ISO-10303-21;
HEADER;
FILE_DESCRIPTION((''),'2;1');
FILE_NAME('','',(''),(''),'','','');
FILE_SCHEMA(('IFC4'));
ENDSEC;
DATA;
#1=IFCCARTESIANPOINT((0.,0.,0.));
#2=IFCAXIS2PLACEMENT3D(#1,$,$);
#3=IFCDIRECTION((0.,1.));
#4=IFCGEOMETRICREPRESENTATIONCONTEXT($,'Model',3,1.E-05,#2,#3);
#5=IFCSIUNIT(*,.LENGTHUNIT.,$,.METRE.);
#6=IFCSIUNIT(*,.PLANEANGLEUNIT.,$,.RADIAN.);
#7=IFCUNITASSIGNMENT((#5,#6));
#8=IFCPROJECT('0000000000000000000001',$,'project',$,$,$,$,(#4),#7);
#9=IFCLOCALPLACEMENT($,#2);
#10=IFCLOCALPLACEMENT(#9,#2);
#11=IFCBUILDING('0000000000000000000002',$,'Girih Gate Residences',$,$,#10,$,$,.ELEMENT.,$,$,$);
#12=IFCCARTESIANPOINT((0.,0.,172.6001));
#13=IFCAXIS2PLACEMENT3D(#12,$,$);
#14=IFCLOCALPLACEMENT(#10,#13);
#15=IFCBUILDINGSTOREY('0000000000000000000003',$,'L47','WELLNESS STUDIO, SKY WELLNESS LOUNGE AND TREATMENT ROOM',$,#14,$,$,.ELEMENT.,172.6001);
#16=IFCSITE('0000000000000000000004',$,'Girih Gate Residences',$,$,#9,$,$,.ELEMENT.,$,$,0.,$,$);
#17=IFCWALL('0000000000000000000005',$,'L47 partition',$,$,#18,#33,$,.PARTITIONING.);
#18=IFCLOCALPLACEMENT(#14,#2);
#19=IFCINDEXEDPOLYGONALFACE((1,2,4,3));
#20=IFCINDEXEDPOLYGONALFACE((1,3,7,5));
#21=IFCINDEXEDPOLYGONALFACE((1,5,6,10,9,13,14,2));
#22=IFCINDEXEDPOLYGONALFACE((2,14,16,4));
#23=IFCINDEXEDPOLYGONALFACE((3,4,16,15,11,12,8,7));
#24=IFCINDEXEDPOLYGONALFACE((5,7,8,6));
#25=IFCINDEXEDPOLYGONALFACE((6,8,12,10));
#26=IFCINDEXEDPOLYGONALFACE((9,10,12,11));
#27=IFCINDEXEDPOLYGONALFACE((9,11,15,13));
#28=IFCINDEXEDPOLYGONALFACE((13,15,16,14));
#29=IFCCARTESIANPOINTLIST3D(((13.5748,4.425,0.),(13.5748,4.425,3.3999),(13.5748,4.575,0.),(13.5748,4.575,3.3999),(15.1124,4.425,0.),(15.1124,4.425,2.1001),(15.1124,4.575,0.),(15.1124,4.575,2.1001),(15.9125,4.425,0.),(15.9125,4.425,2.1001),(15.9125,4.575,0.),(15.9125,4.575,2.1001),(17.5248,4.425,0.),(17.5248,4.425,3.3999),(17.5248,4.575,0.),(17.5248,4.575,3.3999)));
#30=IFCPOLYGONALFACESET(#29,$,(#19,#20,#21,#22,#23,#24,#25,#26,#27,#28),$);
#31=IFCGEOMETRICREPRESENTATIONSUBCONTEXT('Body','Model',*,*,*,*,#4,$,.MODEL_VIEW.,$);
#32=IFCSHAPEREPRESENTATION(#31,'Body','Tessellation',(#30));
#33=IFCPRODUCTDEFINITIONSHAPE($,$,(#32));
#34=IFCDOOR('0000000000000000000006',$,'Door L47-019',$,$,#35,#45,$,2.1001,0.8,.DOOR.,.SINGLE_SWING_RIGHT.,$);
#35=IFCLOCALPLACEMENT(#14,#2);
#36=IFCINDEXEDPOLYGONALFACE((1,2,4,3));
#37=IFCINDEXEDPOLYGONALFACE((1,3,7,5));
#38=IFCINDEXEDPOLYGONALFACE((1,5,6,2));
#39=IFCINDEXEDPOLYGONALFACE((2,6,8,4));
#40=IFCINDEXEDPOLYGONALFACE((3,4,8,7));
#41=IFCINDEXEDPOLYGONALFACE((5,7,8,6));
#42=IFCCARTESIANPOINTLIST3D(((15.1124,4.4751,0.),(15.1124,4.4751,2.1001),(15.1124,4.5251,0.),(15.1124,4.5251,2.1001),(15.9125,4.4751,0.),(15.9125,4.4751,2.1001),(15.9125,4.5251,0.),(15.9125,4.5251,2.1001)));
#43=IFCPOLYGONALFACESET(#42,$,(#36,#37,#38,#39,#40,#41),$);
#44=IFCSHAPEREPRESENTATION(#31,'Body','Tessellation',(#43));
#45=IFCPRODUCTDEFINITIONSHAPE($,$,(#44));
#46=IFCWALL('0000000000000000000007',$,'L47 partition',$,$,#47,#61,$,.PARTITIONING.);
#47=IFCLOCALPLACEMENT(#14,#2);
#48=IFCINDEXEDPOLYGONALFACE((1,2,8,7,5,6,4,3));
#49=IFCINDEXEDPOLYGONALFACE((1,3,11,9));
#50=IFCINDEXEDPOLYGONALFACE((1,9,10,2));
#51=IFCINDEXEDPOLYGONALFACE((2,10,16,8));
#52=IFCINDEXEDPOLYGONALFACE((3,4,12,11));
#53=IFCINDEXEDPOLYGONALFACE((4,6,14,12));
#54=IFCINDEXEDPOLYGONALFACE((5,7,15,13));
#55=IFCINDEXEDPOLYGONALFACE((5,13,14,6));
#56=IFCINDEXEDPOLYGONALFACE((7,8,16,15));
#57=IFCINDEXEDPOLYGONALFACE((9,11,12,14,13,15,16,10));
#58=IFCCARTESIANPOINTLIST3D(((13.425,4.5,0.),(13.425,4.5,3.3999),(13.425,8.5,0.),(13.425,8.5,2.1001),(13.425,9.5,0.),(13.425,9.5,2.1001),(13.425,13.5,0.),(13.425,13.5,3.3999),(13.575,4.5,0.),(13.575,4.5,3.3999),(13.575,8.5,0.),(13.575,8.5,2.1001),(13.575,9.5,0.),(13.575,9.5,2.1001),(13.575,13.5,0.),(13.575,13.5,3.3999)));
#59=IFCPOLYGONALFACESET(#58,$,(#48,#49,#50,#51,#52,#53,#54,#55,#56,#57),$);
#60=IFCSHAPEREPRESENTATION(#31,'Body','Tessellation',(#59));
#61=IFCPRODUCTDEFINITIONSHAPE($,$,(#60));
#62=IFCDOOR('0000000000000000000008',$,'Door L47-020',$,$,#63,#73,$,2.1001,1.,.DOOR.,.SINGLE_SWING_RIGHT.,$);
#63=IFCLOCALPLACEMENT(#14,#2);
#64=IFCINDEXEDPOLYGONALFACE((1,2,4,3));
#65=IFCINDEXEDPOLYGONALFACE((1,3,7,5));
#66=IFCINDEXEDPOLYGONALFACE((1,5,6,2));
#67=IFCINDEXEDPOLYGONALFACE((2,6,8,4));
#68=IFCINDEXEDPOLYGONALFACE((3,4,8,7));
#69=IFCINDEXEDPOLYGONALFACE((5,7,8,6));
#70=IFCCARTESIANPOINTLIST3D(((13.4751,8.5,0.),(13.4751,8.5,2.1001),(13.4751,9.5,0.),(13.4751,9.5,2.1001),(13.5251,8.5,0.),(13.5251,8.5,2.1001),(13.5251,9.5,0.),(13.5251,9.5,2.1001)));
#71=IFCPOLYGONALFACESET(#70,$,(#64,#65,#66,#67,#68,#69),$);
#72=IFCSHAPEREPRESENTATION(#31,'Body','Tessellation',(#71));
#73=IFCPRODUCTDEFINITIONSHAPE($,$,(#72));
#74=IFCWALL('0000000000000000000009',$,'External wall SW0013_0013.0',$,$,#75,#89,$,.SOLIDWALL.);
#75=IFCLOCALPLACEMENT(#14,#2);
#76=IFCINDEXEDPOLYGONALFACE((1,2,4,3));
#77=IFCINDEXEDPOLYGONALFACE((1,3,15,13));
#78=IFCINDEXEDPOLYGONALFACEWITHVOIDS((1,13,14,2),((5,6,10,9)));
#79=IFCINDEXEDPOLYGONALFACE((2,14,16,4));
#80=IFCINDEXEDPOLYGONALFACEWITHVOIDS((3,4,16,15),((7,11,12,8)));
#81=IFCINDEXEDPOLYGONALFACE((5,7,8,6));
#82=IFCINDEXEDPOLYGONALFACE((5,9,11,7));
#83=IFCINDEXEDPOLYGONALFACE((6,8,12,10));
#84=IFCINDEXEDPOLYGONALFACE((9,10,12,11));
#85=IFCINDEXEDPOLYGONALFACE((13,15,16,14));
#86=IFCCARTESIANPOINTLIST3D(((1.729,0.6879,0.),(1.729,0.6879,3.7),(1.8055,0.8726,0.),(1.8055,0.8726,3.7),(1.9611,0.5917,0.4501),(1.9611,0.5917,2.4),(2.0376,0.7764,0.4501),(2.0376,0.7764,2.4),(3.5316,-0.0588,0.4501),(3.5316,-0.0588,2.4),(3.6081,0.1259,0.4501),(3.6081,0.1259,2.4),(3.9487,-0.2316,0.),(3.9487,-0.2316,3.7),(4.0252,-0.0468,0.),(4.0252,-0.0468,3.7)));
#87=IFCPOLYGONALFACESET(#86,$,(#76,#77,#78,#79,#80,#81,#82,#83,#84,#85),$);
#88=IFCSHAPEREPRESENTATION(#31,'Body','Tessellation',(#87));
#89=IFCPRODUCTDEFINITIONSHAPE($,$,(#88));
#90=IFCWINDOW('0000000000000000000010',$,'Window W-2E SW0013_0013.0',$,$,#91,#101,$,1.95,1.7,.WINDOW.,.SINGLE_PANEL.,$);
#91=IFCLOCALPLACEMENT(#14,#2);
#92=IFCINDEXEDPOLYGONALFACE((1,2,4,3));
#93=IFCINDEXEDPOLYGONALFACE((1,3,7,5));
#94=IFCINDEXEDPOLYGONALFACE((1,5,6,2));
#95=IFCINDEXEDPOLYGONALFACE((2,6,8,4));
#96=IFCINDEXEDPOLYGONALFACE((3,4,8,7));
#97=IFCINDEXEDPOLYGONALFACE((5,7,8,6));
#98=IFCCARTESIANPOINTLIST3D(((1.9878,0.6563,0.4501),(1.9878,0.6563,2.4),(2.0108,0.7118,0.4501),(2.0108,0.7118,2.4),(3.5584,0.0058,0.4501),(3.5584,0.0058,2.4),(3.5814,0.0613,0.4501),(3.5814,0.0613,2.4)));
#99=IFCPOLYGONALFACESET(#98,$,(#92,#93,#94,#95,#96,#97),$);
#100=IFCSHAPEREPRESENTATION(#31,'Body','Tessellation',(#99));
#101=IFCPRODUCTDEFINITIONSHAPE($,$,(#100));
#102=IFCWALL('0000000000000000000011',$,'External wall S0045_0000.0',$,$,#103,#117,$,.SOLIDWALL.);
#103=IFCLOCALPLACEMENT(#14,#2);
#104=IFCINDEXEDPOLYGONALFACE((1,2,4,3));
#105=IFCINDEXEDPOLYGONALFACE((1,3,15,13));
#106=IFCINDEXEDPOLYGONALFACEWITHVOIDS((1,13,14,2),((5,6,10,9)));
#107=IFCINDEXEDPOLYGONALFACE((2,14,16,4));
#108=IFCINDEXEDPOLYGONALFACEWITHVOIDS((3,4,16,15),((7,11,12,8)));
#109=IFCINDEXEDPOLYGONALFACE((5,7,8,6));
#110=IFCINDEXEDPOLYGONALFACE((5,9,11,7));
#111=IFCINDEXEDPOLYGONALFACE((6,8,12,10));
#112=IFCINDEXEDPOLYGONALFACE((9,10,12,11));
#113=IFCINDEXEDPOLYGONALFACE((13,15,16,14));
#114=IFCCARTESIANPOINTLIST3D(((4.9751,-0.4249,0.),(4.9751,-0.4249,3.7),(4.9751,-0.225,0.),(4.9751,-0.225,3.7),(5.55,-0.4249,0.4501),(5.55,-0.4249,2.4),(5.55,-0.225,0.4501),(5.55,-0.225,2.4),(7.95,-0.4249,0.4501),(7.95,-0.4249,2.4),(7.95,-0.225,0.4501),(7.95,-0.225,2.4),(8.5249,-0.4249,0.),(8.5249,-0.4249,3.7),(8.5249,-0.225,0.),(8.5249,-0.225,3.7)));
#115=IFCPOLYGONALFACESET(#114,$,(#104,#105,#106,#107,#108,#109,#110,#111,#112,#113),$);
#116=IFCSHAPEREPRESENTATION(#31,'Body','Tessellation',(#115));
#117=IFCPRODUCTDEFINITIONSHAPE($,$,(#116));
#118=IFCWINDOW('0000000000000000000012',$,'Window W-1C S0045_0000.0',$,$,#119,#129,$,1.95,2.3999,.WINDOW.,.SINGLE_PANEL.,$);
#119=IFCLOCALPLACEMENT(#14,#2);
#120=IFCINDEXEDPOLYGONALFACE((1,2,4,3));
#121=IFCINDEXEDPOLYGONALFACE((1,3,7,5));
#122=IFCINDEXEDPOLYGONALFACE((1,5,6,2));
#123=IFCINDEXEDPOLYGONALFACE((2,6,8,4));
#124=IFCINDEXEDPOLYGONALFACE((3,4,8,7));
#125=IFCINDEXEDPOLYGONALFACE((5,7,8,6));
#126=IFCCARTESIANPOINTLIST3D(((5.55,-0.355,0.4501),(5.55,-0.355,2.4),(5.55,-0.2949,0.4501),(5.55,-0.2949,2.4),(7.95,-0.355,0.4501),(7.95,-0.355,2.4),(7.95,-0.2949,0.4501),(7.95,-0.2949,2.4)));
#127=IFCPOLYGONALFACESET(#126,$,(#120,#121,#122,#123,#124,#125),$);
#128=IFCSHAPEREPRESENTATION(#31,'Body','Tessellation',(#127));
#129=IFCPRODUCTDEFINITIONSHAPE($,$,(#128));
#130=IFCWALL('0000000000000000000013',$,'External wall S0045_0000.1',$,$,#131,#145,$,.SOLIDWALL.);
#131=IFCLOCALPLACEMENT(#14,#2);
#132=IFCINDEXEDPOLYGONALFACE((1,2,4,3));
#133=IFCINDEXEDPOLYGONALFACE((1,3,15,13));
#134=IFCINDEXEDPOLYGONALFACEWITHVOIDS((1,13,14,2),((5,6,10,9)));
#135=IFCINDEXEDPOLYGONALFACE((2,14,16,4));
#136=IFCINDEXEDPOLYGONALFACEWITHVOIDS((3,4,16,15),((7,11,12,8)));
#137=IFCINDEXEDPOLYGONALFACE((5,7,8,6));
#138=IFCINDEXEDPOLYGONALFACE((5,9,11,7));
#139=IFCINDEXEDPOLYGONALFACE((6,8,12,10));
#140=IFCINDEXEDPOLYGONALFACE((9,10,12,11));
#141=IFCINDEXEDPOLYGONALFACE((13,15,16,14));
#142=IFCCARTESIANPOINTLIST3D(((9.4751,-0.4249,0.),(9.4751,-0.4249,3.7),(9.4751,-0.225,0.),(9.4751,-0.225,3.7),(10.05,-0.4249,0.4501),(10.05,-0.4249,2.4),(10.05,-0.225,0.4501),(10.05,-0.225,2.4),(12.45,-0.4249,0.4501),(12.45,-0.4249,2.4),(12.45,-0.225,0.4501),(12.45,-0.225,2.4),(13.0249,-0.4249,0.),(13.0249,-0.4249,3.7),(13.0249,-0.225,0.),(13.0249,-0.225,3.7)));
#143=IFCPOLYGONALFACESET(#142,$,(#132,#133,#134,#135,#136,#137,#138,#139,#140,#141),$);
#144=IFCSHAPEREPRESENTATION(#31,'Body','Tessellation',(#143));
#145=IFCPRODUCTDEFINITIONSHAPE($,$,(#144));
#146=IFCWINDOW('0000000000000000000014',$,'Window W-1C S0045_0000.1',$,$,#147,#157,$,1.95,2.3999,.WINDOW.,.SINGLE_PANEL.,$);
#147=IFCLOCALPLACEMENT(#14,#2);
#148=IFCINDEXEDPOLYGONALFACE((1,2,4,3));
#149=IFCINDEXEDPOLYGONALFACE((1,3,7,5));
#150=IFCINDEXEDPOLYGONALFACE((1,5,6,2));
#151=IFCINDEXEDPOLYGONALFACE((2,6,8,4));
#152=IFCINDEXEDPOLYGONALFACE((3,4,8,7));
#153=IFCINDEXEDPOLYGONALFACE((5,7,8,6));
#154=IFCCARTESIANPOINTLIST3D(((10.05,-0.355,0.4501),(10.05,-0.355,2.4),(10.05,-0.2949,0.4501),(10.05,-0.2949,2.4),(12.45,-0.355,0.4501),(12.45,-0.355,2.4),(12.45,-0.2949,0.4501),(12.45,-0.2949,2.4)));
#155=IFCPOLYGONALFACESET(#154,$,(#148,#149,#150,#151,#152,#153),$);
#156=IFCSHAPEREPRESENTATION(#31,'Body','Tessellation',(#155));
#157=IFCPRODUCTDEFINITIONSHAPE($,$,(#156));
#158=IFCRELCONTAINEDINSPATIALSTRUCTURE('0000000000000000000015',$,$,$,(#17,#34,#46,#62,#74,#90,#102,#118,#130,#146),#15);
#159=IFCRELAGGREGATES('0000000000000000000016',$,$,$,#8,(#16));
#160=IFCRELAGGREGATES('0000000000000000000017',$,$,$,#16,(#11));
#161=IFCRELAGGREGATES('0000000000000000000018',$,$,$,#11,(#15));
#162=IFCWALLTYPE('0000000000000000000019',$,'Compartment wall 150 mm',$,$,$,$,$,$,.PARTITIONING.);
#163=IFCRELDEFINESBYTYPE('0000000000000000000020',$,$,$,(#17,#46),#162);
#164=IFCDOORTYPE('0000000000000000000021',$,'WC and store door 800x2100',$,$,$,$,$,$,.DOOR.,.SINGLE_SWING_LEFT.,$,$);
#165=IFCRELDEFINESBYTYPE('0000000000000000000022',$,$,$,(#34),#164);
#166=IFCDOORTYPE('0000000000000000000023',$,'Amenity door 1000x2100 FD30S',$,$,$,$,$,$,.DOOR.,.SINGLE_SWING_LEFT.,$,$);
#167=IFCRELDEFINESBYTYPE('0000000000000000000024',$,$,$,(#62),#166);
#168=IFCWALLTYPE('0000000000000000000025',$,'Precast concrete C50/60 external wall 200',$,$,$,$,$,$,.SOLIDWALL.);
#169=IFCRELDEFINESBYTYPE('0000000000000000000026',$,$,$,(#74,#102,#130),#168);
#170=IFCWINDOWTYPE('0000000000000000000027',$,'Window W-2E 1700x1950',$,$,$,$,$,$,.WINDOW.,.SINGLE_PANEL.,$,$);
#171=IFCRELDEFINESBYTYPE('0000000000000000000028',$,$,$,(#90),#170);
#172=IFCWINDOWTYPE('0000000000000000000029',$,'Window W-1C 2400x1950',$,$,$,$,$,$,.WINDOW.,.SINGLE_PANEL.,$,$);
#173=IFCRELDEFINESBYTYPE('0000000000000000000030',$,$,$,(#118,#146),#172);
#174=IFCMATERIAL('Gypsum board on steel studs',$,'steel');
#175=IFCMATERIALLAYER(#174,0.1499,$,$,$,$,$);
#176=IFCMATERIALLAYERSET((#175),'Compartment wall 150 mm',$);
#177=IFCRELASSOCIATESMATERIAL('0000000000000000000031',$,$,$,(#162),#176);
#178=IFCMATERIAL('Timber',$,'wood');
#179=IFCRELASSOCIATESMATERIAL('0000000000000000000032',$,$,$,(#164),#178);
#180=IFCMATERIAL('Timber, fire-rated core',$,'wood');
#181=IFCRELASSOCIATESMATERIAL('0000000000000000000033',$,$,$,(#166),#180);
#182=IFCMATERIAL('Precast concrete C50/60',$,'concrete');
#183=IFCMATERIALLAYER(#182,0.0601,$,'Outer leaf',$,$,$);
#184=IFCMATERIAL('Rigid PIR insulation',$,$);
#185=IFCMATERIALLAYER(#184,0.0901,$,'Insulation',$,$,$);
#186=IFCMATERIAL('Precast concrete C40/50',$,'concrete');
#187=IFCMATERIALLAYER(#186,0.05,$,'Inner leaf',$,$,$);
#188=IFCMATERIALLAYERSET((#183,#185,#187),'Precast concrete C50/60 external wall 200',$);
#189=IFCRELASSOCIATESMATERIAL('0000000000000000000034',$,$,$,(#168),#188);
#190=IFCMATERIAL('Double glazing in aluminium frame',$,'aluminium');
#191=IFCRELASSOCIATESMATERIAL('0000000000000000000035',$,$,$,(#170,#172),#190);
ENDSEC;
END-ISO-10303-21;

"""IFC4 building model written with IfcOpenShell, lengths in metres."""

from ifc_helpers import new_model, si_unit, direction, frame, frame_2d, origin, place, context, subcontext, project, spatial, rectangle, extrude, material, layer, layer_set, type_object, element, fill, save


model = new_model("IFC4")

# Units and contexts
model_context = context("Model", 3, precision=1e-05, world=origin(), true_north=direction((0.0, 1.0)))
body_context = subcontext(model_context, "Body", "Model", "MODEL_VIEW")
ifc_project = project(units=[si_unit("LENGTHUNIT", "METRE"), si_unit("PLANEANGLEUNIT", "RADIAN")], contexts=[model_context])

# Site, building, storey
site_placement = place(None, origin())
site = spatial("IfcSite", under=ifc_project, at=site_placement, Name="Girih Gate Residences", CompositionType="ELEMENT", RefElevation=0.0)
building_placement = place(site_placement, origin())
building = spatial("IfcBuilding", under=site, at=building_placement, Name="Girih Gate Residences", CompositionType="ELEMENT")
storey_placement = place(building_placement, frame((0.0, 0.0, 172.6001)))
storey = spatial("IfcBuildingStorey", under=building, at=storey_placement, Name="L47", Description="WELLNESS STUDIO, SKY WELLNESS LOUNGE AND TREATMENT ROOM", CompositionType="ELEMENT", Elevation=172.6001)

# Shared definitions
ifc_material_1 = material(Name="Gypsum board on steel studs", Category="steel")
ifc_layer_1 = layer(ifc_material_1, 0.1499)
ifc_layer_set_1 = layer_set([ifc_layer_1], Name="Compartment wall 150 mm")
wall_type_1 = type_object("IfcWallType", Name="Compartment wall 150 mm", PredefinedType="PARTITIONING", material=ifc_layer_set_1)

# Walls, openings, doors
wall_1_placement = place(storey_placement, frame((17.5249, 4.5, 0.0), z_axis=(0.0, 0.0, 1.0), x_axis=(-1.0, 0.0, 0.0)))
wall_1 = element("IfcWall", 1, at=wall_1_placement, inside=storey, type_object=wall_type_1, Name="L47 partition", PredefinedType="PARTITIONING", context=body_context, shape_type="SweptSolid", body=[
    extrude(rectangle(XDim=3.95, YDim=0.1499, at=frame_2d((1.9751, 0.0))), origin(), (0.0, 0.0, 1.0), 3.3999),
])
opening_1_placement = place(wall_1_placement, frame((1.6125, 0.0, 0.0)))
opening_1 = element("IfcOpeningElement", 2, at=opening_1_placement, cuts=wall_1, PredefinedType="OPENING", context=body_context, shape_type="SweptSolid", body=[
    extrude(rectangle(XDim=0.8, YDim=2.1001, at=frame_2d((0.3999, 1.05))), frame((0.0, 0.085, 0.0), z_axis=(0.0, -1.0, 0.0), x_axis=(1.0, 0.0, 0.0)), (0.0, 0.0, 1.0), 0.1699),
])
ifc_material_2 = material(Name="Timber", Category="wood")
door_type_1 = type_object("IfcDoorType", Name="WC and store door 800x2100", OperationType="SINGLE_SWING_LEFT", PredefinedType="DOOR", material=ifc_material_2)
door_1_placement = place(opening_1_placement, origin())
door_1 = element("IfcDoor", 3, at=door_1_placement, inside=storey, type_object=door_type_1, Name="Door L47-019", OperationType="SINGLE_SWING_RIGHT", OverallHeight=2.1001, OverallWidth=0.8, PredefinedType="DOOR", context=body_context, shape_type="SweptSolid", body=[
    extrude(rectangle(XDim=0.8, YDim=2.1001, at=frame_2d((0.3999, 1.05))), frame((0.0, 0.0249, 0.0), z_axis=(0.0, -1.0, 0.0), x_axis=(1.0, 0.0, 0.0)), (0.0, 0.0, 1.0), 0.05),
])
fill(opening_1, door_1)
wall_2_placement = place(storey_placement, frame((13.5, 4.5, 0.0), z_axis=(0.0, 0.0, 1.0), x_axis=(0.0, 1.0, 0.0)))
wall_2 = element("IfcWall", 4, at=wall_2_placement, inside=storey, type_object=wall_type_1, Name="L47 partition", PredefinedType="PARTITIONING", context=body_context, shape_type="SweptSolid", body=[
    extrude(rectangle(XDim=9.0, YDim=0.1499, at=frame_2d((4.5, 0.0))), origin(), (0.0, 0.0, 1.0), 3.3999),
])
opening_2_placement = place(wall_2_placement, frame((4.0, 0.0, 0.0)))
opening_2 = element("IfcOpeningElement", 5, at=opening_2_placement, cuts=wall_2, PredefinedType="OPENING", context=body_context, shape_type="SweptSolid", body=[
    extrude(rectangle(XDim=1.0, YDim=2.1001, at=frame_2d((0.5, 1.05))), frame((0.0, 0.085, 0.0), z_axis=(0.0, -1.0, 0.0), x_axis=(1.0, 0.0, 0.0)), (0.0, 0.0, 1.0), 0.1699),
])
ifc_material_3 = material(Name="Timber, fire-rated core", Category="wood")
door_type_2 = type_object("IfcDoorType", Name="Amenity door 1000x2100 FD30S", OperationType="SINGLE_SWING_LEFT", PredefinedType="DOOR", material=ifc_material_3)
door_2_placement = place(opening_2_placement, origin())
door_2 = element("IfcDoor", 6, at=door_2_placement, inside=storey, type_object=door_type_2, Name="Door L47-020", OperationType="SINGLE_SWING_RIGHT", OverallHeight=2.1001, OverallWidth=1.0, PredefinedType="DOOR", context=body_context, shape_type="SweptSolid", body=[
    extrude(rectangle(XDim=1.0, YDim=2.1001, at=frame_2d((0.5, 1.05))), frame((0.0, 0.0249, 0.0), z_axis=(0.0, -1.0, 0.0), x_axis=(1.0, 0.0, 0.0)), (0.0, 0.0, 1.0), 0.05),
])
fill(opening_2, door_2)

# Walls, openings, windows
ifc_material_4 = material(Name="Precast concrete C50/60", Category="concrete")
ifc_layer_2 = layer(ifc_material_4, 0.0601, Name="Outer leaf")
ifc_material_5 = material(Name="Rigid PIR insulation")
ifc_layer_3 = layer(ifc_material_5, 0.0901, Name="Insulation")
ifc_material_6 = material(Name="Precast concrete C40/50", Category="concrete")
ifc_layer_4 = layer(ifc_material_6, 0.05, Name="Inner leaf")
ifc_layer_set_2 = layer_set([ifc_layer_2, ifc_layer_3, ifc_layer_4], Name="Precast concrete C50/60 external wall 200")
wall_type_2 = type_object("IfcWallType", Name="Precast concrete C50/60 external wall 200", PredefinedType="SOLIDWALL", material=ifc_layer_set_2)
wall_3_placement = place(storey_placement, frame((3.9868, -0.1392, 0.0), z_axis=(0.0, 0.0, 1.0), x_axis=(-0.923881, 0.382681, 0.0)))
wall_3 = element("IfcWall", 7, at=wall_3_placement, inside=storey, type_object=wall_type_2, Name="External wall SW0013_0013.0", PredefinedType="SOLIDWALL", context=body_context, shape_type="SweptSolid", body=[
    extrude(rectangle(XDim=2.4026, YDim=0.2, at=frame_2d((1.2012, 0.0))), origin(), (0.0, 0.0, 1.0), 3.7),
])
opening_3_placement = place(wall_3_placement, frame((0.4512, 0.0, 0.45)))
opening_3 = element("IfcOpeningElement", 8, at=opening_3_placement, cuts=wall_3, PredefinedType="OPENING", context=body_context, shape_type="SweptSolid", body=[
    extrude(rectangle(XDim=1.7, YDim=1.95, at=frame_2d((0.8501, 0.9751))), frame((0.0, 0.1099, 0.0), z_axis=(0.0, -1.0, 0.0), x_axis=(1.0, 0.0, 0.0)), (0.0, 0.0, 1.0), 0.22),
])
ifc_material_7 = material(Name="Double glazing in aluminium frame", Category="aluminium")
window_type_1 = type_object("IfcWindowType", Name="Window W-2E 1700x1950", PartitioningType="SINGLE_PANEL", PredefinedType="WINDOW", material=ifc_material_7)
window_1_placement = place(opening_3_placement, origin())
window_1 = element("IfcWindow", 9, at=window_1_placement, inside=storey, type_object=window_type_1, Name="Window W-2E SW0013_0013.0", OverallHeight=1.95, OverallWidth=1.7, PartitioningType="SINGLE_PANEL", PredefinedType="WINDOW", context=body_context, shape_type="SweptSolid", body=[
    extrude(rectangle(XDim=1.7, YDim=1.95, at=frame_2d((0.8501, 0.9751))), frame((0.0, 0.03, 0.0), z_axis=(0.0, -1.0, 0.0), x_axis=(1.0, 0.0, 0.0)), (0.0, 0.0, 1.0), 0.0601),
])
fill(opening_3, window_1)
wall_4_placement = place(storey_placement, frame((8.5249, -0.325, 0.0), z_axis=(0.0, 0.0, 1.0), x_axis=(-1.0, 0.0, 0.0)))
wall_4 = element("IfcWall", 10, at=wall_4_placement, inside=storey, type_object=wall_type_2, Name="External wall S0045_0000.0", PredefinedType="SOLIDWALL", context=body_context, shape_type="SweptSolid", body=[
    extrude(rectangle(XDim=3.5498, YDim=0.2, at=frame_2d((1.7749, 0.0))), origin(), (0.0, 0.0, 1.0), 3.7),
])
opening_4_placement = place(wall_4_placement, frame((0.575, 0.0, 0.45)))
opening_4 = element("IfcOpeningElement", 11, at=opening_4_placement, cuts=wall_4, PredefinedType="OPENING", context=body_context, shape_type="SweptSolid", body=[
    extrude(rectangle(XDim=2.3999, YDim=1.95, at=frame_2d((1.2, 0.9751))), frame((0.0, 0.1099, 0.0), z_axis=(0.0, -1.0, 0.0), x_axis=(1.0, 0.0, 0.0)), (0.0, 0.0, 1.0), 0.22),
])
window_type_2 = type_object("IfcWindowType", Name="Window W-1C 2400x1950", PartitioningType="SINGLE_PANEL", PredefinedType="WINDOW", material=ifc_material_7)
window_2_placement = place(opening_4_placement, origin())
window_2 = element("IfcWindow", 12, at=window_2_placement, inside=storey, type_object=window_type_2, Name="Window W-1C S0045_0000.0", OverallHeight=1.95, OverallWidth=2.3999, PartitioningType="SINGLE_PANEL", PredefinedType="WINDOW", context=body_context, shape_type="SweptSolid", body=[
    extrude(rectangle(XDim=2.3999, YDim=1.95, at=frame_2d((1.2, 0.9751))), frame((0.0, 0.03, 0.0), z_axis=(0.0, -1.0, 0.0), x_axis=(1.0, 0.0, 0.0)), (0.0, 0.0, 1.0), 0.0601),
])
fill(opening_4, window_2)
wall_5_placement = place(storey_placement, frame((13.0249, -0.325, 0.0), z_axis=(0.0, 0.0, 1.0), x_axis=(-1.0, 0.0, 0.0)))
wall_5 = element("IfcWall", 13, at=wall_5_placement, inside=storey, type_object=wall_type_2, Name="External wall S0045_0000.1", PredefinedType="SOLIDWALL", context=body_context, shape_type="SweptSolid", body=[
    extrude(rectangle(XDim=3.5498, YDim=0.2, at=frame_2d((1.7749, 0.0))), origin(), (0.0, 0.0, 1.0), 3.7),
])
opening_5_placement = place(wall_5_placement, frame((0.575, 0.0, 0.45)))
opening_5 = element("IfcOpeningElement", 14, at=opening_5_placement, cuts=wall_5, PredefinedType="OPENING", context=body_context, shape_type="SweptSolid", body=[
    extrude(rectangle(XDim=2.3999, YDim=1.95, at=frame_2d((1.2, 0.9751))), frame((0.0, 0.1099, 0.0), z_axis=(0.0, -1.0, 0.0), x_axis=(1.0, 0.0, 0.0)), (0.0, 0.0, 1.0), 0.22),
])
window_3_placement = place(opening_5_placement, origin())
window_3 = element("IfcWindow", 15, at=window_3_placement, inside=storey, type_object=window_type_2, Name="Window W-1C S0045_0000.1", OverallHeight=1.95, OverallWidth=2.3999, PartitioningType="SINGLE_PANEL", PredefinedType="WINDOW", context=body_context, shape_type="SweptSolid", body=[
    extrude(rectangle(XDim=2.3999, YDim=1.95, at=frame_2d((1.2, 0.9751))), frame((0.0, 0.03, 0.0), z_axis=(0.0, -1.0, 0.0), x_axis=(1.0, 0.0, 0.0)), (0.0, 0.0, 1.0), 0.0601),
])
fill(opening_5, window_3)

save(model, "model.ifc")
